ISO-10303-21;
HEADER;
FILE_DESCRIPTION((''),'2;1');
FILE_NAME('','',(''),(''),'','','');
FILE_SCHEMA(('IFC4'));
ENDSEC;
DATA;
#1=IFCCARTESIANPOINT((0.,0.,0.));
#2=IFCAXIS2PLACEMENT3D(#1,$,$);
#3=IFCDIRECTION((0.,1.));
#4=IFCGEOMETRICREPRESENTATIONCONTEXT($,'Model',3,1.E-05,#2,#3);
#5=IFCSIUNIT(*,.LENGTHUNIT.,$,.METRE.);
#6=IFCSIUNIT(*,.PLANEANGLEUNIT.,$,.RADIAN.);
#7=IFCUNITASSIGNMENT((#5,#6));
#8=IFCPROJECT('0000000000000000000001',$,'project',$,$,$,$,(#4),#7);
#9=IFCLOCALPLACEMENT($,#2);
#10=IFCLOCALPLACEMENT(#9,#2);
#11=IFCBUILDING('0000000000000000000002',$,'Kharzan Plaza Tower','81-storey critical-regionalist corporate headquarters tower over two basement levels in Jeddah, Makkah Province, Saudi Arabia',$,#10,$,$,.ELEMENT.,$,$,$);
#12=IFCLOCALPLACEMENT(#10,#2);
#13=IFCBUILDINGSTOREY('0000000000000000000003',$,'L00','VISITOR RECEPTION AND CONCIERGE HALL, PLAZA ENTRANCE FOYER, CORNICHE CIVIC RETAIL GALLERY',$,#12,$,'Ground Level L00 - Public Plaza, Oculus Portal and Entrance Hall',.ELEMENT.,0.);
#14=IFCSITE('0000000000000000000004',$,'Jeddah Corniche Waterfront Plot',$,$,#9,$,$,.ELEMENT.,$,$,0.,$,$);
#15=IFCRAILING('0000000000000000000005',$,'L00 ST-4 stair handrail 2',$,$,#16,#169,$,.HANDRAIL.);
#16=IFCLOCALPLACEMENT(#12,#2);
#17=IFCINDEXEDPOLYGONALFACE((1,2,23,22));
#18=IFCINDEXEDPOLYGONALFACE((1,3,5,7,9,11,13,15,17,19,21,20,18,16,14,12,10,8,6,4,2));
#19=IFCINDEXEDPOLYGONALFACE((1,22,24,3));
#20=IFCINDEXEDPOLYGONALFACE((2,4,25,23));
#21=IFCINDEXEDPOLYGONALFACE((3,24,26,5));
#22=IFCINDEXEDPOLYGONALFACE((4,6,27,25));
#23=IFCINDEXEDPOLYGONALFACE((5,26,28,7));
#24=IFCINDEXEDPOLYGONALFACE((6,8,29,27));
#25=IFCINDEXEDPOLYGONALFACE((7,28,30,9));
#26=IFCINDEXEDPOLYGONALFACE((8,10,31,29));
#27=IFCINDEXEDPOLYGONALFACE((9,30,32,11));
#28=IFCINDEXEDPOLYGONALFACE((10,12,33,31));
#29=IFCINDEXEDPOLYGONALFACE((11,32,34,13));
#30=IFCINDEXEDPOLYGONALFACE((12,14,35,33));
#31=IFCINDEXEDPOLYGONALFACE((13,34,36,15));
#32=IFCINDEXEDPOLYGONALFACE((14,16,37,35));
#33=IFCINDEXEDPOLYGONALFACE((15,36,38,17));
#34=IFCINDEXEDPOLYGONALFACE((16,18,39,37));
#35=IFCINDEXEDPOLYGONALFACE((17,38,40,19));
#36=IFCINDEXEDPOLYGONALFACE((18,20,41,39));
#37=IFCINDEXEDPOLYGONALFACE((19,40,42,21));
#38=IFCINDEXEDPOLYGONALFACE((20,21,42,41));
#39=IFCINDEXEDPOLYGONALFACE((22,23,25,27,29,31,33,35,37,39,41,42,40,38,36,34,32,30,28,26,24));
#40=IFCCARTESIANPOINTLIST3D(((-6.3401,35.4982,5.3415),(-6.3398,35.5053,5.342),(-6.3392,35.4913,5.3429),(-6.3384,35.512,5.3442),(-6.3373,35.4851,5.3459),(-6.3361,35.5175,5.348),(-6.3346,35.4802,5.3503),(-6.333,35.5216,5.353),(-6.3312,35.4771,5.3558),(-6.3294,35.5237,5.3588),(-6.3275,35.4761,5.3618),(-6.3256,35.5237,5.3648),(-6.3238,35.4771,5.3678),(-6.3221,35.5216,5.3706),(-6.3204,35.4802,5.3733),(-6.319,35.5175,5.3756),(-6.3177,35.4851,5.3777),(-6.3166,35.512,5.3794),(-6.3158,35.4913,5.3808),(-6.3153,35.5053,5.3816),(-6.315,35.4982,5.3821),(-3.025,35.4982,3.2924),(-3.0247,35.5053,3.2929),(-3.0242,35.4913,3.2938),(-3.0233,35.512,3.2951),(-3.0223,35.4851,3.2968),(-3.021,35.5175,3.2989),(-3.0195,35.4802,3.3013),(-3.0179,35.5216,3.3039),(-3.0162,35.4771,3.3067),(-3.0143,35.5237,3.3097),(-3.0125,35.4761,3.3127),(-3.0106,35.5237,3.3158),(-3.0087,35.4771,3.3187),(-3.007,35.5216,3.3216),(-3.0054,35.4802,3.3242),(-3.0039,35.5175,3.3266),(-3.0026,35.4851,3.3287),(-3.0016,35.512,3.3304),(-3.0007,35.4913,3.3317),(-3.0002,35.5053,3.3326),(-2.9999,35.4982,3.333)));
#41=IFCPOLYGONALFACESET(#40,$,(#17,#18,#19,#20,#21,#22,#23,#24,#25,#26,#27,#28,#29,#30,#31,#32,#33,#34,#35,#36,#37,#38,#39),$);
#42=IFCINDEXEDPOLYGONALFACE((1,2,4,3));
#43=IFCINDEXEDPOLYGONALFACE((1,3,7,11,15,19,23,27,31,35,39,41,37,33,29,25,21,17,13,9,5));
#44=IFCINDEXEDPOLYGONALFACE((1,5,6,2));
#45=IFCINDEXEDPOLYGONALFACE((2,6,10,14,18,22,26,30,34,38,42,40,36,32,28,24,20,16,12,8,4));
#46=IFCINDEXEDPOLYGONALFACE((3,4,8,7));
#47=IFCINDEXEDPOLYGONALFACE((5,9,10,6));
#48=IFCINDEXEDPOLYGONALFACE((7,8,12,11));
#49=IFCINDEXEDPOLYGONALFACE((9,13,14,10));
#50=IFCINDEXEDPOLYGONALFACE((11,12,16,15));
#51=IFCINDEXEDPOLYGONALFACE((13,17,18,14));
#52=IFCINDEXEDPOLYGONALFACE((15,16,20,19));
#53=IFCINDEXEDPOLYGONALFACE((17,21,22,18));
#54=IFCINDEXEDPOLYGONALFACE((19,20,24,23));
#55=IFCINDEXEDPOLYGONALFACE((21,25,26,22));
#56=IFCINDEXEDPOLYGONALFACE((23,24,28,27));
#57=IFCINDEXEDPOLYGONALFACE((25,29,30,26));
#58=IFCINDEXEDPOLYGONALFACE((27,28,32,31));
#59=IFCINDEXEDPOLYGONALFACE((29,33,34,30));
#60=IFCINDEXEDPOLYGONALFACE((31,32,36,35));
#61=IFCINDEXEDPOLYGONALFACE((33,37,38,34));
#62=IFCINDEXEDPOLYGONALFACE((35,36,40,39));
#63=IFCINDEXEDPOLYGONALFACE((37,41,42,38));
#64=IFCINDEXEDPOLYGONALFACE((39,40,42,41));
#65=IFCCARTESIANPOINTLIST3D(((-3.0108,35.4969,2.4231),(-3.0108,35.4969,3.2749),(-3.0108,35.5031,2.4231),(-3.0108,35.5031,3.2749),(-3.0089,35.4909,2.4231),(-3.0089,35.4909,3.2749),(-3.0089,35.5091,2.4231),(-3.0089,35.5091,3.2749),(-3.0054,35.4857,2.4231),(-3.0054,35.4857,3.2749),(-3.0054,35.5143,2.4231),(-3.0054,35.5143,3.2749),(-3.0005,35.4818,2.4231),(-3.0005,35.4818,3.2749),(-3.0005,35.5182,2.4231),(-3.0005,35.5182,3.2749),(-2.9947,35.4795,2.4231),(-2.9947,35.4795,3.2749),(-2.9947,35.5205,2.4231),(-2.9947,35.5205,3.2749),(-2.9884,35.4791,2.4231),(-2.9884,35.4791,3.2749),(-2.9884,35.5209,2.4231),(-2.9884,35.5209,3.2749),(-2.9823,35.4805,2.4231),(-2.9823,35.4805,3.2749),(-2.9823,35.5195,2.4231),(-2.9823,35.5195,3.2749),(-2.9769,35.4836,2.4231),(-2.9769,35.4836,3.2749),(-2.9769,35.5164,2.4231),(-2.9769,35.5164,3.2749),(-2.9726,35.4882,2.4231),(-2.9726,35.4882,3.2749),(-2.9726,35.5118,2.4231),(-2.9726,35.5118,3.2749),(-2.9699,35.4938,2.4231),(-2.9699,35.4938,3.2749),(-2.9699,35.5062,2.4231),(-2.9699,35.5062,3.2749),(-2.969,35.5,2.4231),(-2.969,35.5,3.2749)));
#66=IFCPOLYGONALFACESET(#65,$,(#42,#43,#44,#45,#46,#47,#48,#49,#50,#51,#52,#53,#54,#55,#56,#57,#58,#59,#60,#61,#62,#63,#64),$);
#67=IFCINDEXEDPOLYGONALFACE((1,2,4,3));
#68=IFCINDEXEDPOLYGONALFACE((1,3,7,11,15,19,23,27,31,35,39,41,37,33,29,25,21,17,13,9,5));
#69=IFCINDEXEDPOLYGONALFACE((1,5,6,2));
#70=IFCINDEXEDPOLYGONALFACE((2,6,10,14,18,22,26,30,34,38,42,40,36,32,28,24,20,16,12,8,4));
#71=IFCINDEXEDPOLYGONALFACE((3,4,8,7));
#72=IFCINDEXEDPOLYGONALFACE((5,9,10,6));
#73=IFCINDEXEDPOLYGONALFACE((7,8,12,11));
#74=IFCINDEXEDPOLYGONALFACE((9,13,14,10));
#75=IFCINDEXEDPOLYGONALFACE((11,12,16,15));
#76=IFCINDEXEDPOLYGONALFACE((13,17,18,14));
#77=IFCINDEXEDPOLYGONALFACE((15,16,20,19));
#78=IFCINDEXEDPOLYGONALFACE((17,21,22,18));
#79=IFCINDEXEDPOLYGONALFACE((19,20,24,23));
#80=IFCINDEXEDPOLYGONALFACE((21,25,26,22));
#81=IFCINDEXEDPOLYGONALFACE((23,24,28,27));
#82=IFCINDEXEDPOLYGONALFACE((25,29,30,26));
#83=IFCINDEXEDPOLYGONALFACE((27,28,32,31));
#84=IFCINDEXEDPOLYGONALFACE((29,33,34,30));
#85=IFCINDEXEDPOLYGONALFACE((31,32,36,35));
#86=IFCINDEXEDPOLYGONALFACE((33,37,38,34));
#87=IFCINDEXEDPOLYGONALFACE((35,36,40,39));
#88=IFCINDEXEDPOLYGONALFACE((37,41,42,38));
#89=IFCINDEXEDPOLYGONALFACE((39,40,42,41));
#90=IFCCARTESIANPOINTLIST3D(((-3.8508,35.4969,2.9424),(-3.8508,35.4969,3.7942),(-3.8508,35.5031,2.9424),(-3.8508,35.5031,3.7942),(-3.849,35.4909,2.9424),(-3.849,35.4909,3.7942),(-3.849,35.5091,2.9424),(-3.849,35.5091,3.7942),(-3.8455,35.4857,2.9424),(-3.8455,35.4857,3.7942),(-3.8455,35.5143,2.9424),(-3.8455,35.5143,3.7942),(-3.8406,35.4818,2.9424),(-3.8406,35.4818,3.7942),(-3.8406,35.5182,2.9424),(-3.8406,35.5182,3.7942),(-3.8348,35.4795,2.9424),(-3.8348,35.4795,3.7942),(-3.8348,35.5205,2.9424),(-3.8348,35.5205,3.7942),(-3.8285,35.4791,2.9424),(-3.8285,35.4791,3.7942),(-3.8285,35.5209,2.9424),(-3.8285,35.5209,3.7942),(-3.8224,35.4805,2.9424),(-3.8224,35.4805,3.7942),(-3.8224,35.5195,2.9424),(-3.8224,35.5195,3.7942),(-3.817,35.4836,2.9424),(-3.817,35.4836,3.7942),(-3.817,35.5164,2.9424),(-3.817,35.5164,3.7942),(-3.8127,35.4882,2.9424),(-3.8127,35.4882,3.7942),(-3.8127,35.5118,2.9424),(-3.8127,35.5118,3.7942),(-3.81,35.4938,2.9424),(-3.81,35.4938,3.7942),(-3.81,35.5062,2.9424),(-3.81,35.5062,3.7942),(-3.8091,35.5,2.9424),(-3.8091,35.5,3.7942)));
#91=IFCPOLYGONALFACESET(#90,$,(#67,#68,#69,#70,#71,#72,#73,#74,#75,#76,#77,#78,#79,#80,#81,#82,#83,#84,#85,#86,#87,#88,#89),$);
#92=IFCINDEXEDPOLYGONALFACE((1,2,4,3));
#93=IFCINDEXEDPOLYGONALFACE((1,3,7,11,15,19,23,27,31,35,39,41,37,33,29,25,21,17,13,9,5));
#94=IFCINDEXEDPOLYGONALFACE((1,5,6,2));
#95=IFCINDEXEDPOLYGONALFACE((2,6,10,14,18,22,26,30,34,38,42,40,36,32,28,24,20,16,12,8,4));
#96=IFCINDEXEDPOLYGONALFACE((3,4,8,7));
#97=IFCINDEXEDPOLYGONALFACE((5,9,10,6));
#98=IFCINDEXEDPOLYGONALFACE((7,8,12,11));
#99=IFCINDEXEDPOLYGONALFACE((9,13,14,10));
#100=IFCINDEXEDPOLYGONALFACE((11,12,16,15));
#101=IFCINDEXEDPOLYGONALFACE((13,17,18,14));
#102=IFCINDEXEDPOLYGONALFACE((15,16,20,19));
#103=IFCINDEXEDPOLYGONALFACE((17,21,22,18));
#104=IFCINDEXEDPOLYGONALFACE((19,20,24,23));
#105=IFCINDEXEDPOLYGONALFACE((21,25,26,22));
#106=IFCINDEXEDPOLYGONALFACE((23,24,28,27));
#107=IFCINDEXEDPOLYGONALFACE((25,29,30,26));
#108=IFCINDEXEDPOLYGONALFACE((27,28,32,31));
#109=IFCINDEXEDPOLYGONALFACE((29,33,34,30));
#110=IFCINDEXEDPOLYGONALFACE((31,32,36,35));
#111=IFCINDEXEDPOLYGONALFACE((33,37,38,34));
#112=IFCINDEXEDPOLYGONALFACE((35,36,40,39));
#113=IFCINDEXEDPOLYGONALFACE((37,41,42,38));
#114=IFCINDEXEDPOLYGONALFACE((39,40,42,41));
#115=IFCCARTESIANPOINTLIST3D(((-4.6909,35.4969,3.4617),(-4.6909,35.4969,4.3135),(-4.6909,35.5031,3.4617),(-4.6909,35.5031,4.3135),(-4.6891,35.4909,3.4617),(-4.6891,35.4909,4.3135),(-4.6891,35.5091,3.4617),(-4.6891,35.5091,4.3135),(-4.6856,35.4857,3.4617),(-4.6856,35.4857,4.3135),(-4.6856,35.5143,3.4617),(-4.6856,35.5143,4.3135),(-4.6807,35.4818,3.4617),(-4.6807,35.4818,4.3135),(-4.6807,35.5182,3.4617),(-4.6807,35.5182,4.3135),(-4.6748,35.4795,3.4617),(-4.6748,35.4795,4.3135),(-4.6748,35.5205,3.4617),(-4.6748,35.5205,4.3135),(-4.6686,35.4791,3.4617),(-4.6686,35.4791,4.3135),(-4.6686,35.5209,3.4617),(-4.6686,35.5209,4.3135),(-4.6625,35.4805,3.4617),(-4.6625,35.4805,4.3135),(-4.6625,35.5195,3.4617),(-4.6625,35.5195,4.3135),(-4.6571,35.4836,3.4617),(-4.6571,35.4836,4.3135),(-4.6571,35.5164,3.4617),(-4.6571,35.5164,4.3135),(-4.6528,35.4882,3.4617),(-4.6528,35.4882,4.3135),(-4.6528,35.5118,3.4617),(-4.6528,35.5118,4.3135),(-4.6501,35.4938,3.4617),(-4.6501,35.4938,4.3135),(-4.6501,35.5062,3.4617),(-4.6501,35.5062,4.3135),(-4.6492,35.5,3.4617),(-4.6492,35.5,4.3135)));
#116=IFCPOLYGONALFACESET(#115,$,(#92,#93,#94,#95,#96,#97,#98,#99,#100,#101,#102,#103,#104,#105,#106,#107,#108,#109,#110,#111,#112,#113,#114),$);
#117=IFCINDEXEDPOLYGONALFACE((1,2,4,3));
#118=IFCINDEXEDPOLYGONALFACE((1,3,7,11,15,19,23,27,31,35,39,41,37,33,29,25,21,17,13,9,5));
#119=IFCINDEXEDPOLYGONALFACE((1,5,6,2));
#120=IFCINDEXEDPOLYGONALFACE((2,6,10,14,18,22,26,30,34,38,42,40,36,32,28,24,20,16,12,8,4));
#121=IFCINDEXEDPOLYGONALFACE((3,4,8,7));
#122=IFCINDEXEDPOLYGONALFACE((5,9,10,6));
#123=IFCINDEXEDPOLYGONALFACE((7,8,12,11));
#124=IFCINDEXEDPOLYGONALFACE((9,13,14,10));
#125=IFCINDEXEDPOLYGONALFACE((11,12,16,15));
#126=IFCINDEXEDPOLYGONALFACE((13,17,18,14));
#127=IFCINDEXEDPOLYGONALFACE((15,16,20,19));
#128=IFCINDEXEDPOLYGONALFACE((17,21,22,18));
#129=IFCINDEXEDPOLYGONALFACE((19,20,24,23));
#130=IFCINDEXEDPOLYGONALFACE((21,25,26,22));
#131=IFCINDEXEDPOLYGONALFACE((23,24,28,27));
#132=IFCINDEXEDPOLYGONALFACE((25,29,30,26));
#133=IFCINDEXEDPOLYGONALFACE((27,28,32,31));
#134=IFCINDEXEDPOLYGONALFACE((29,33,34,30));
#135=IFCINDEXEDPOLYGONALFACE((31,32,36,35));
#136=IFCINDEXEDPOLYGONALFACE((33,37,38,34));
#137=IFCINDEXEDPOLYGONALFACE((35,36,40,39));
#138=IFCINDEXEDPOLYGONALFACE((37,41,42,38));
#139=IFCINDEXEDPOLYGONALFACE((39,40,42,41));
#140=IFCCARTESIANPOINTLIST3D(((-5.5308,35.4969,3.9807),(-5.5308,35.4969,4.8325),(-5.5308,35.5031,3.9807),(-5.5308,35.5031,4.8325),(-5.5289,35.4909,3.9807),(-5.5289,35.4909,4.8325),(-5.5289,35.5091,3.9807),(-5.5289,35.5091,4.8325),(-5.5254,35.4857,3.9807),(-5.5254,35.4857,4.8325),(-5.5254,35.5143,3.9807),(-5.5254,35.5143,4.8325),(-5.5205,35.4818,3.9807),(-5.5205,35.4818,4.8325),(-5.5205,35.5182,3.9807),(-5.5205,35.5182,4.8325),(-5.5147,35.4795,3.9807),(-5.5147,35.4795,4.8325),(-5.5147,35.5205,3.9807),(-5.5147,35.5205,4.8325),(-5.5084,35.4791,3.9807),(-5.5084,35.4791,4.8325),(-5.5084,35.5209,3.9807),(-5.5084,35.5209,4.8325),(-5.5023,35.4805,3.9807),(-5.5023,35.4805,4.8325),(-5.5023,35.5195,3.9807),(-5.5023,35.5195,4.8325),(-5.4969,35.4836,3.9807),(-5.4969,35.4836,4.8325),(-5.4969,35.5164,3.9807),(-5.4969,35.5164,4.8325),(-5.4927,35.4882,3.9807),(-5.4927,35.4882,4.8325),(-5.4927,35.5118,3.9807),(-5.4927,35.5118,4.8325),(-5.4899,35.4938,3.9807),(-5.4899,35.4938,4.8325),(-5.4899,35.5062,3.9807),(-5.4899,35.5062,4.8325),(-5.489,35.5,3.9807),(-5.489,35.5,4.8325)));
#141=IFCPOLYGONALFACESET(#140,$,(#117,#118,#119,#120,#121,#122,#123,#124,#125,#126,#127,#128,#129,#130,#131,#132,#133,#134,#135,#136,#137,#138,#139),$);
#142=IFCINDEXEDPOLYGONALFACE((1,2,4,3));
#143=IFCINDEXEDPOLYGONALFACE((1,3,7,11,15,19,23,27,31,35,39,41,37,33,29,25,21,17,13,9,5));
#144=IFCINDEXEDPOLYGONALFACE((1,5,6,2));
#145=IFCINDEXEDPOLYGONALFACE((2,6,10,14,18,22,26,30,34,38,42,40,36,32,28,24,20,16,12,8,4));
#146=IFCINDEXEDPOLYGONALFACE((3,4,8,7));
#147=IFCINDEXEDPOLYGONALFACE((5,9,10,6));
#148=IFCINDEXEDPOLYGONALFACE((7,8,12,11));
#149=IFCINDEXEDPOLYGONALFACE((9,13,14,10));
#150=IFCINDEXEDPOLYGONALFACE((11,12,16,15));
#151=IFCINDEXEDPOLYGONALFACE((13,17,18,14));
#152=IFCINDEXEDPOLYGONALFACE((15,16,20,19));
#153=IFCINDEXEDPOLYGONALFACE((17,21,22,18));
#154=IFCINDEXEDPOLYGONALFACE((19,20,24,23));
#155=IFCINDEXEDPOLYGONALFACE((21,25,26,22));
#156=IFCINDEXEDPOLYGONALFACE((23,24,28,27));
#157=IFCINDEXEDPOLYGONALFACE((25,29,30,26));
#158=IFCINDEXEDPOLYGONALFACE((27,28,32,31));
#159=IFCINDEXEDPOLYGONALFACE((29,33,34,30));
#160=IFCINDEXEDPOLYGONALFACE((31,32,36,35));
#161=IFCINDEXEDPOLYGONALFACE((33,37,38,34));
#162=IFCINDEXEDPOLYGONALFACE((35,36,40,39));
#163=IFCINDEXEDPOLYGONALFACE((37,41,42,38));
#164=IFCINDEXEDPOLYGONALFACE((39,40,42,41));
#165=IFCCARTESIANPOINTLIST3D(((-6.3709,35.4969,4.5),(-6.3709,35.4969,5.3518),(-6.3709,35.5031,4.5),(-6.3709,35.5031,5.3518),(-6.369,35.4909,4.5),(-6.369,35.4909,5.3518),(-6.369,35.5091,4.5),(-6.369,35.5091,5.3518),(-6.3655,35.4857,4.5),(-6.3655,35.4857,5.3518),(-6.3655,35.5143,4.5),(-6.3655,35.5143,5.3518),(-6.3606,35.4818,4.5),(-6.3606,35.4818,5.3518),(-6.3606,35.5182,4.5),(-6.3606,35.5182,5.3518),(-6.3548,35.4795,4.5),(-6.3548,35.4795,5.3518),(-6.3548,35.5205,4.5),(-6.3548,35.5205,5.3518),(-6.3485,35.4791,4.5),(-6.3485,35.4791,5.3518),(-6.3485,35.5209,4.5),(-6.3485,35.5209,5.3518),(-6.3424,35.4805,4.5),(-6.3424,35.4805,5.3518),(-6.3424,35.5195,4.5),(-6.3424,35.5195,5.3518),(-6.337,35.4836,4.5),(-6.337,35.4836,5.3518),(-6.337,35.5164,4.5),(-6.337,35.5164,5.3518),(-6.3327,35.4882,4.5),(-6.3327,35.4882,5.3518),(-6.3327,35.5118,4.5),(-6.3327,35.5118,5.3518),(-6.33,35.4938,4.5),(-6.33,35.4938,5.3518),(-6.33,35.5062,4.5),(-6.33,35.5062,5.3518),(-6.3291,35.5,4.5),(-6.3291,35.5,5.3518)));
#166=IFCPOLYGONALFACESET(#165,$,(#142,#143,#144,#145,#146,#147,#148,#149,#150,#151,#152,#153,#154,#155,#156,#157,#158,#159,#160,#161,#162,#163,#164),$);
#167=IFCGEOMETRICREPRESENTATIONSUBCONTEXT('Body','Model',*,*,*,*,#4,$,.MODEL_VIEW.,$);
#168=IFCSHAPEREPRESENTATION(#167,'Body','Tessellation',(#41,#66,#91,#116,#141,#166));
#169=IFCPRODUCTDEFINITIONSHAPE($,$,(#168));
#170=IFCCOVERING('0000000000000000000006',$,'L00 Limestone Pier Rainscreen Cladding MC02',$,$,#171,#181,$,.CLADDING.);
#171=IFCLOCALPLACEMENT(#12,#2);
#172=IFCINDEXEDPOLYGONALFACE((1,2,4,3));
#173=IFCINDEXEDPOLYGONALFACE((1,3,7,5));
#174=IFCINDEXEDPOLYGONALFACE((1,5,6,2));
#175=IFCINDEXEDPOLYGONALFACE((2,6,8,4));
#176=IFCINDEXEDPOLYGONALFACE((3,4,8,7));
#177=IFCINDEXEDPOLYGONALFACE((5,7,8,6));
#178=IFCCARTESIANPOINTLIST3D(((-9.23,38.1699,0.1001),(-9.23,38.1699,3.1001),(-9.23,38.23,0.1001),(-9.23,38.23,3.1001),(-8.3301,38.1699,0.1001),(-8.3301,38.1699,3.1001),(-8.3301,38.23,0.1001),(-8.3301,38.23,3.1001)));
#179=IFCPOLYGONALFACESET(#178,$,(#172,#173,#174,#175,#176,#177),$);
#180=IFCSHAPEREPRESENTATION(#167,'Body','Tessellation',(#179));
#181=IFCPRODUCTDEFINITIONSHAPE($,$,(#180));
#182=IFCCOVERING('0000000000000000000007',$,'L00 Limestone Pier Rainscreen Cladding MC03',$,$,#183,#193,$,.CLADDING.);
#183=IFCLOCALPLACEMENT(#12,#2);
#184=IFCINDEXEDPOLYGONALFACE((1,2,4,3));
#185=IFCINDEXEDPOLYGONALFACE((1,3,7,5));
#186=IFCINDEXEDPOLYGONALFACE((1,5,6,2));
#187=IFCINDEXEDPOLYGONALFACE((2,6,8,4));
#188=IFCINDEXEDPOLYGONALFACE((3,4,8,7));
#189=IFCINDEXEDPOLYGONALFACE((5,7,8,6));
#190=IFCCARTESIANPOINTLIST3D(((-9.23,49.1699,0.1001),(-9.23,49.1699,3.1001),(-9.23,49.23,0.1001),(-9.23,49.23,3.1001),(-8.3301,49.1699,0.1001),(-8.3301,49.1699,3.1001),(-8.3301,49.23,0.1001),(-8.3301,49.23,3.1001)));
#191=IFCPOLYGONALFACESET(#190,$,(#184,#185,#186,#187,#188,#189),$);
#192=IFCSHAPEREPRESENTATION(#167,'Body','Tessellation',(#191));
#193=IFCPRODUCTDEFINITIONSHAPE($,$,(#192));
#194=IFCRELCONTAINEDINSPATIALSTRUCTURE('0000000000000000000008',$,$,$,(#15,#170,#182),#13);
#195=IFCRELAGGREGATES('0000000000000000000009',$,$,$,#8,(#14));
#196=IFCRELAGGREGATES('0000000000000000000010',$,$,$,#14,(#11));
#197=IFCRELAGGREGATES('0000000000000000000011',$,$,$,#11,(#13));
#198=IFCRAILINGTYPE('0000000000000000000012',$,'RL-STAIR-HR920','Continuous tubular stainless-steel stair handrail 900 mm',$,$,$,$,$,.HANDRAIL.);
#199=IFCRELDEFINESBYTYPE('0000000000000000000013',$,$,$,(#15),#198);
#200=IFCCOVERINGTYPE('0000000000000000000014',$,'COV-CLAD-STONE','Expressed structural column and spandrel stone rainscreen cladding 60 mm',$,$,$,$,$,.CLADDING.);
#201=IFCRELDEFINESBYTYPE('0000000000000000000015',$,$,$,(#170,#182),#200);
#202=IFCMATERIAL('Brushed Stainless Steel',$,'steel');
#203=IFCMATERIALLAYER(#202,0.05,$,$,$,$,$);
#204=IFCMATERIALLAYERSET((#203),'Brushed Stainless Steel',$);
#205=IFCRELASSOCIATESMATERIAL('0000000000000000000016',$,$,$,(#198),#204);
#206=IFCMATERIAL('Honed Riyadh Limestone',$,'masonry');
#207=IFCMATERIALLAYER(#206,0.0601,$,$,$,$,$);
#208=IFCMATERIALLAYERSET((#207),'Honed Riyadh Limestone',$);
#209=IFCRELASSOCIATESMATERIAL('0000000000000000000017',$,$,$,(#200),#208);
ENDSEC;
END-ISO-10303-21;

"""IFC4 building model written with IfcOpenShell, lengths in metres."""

from ifc_helpers import new_model, si_unit, direction, frame, origin, origin_2d, place, context, subcontext, project, spatial, rectangle, circle, extrude, source, transform, mapped, material, layer, layer_set, type_object, element, save


model = new_model("IFC4")

# Units and contexts
model_context = context("Model", 3, precision=1e-05, world=origin(), true_north=direction((0.0, 1.0)))
body_context = subcontext(model_context, "Body", "Model", "MODEL_VIEW")
ifc_project = project(units=[si_unit("LENGTHUNIT", "METRE"), si_unit("PLANEANGLEUNIT", "RADIAN")], contexts=[model_context])

# Site, building, storey
site_placement = place(None, origin())
site = spatial("IfcSite", under=ifc_project, at=site_placement, Name="Jeddah Corniche Waterfront Plot", CompositionType="ELEMENT", RefElevation=0.0)
building_placement = place(site_placement, origin())
building = spatial("IfcBuilding", under=site, at=building_placement, Name="Kharzan Plaza Tower", Description="81-storey critical-regionalist corporate headquarters tower over two basement levels in Jeddah, Makkah Province, Saudi Arabia", CompositionType="ELEMENT")
storey_placement = place(building_placement, origin())
storey = spatial("IfcBuildingStorey", under=building, at=storey_placement, Name="L00", Description="VISITOR RECEPTION AND CONCIERGE HALL, PLAZA ENTRANCE FOYER, CORNICHE CIVIC RETAIL GALLERY", LongName="Ground Level L00 - Public Plaza, Oculus Portal and Entrance Hall", CompositionType="ELEMENT", Elevation=0.0)

# Railing
ifc_material_1 = material(Name="Brushed Stainless Steel", Category="steel")
ifc_layer_1 = layer(ifc_material_1, 0.05)
ifc_layer_set_1 = layer_set([ifc_layer_1], Name="Brushed Stainless Steel")
railing_type_1 = type_object("IfcRailingType", Name="RL-STAIR-HR920", Description="Continuous tubular stainless-steel stair handrail 900 mm", PredefinedType="HANDRAIL", material=ifc_layer_set_1)
shared_shape_1 = source(origin(), body_context, "Body", "SweptSolid", [
    extrude(circle(Radius=0.0239, at=origin_2d()), frame((-0.0225, 0.0, 0.8896), z_axis=(-0.850623, 0.0, 0.525776), x_axis=(0.0, -1.0, 0.0)), (0.0, 0.0, 1.0), 3.8972),
    extrude(circle(Radius=0.021, at=origin_2d()), origin(), (0.0, 0.0, 1.0), 0.8518),
    extrude(circle(Radius=0.021, at=origin_2d()), frame((-0.8401, 0.0, 0.5193)), (0.0, 0.0, 1.0), 0.8518),
    extrude(circle(Radius=0.021, at=origin_2d()), frame((-1.6802, 0.0, 1.0386)), (0.0, 0.0, 1.0), 0.8518),
    extrude(circle(Radius=0.021, at=origin_2d()), frame((-2.52, 0.0, 1.5576)), (0.0, 0.0, 1.0), 0.8518),
    extrude(circle(Radius=0.021, at=origin_2d()), frame((-3.3601, 0.0, 2.0769)), (0.0, 0.0, 1.0), 0.8518),
])
railing_1_placement = place(storey_placement, frame((-2.99, 35.5, 2.4231)))
element("IfcRailing", 1, at=railing_1_placement, inside=storey, type_object=railing_type_1, Name="L00 ST-4 stair handrail 2", PredefinedType="HANDRAIL", context=body_context, shape_type="MappedRepresentation", body=[
    mapped(shared_shape_1, transform((0.0, 0.0, 0.0), x_axis=(1.0, 0.0, 0.0), y_axis=(0.0, 1.0, 0.0), z_axis=(0.0, 0.0, 1.0))),
])

# Coverings
ifc_material_2 = material(Name="Honed Riyadh Limestone", Category="masonry")
ifc_layer_2 = layer(ifc_material_2, 0.0601)
ifc_layer_set_2 = layer_set([ifc_layer_2], Name="Honed Riyadh Limestone")
covering_type = type_object("IfcCoveringType", Name="COV-CLAD-STONE", Description="Expressed structural column and spandrel stone rainscreen cladding 60 mm", PredefinedType="CLADDING", material=ifc_layer_set_2)
shared_shape_2 = source(origin(), body_context, "Body", "SweptSolid", [
    extrude(rectangle(XDim=0.0601, YDim=0.8999, at=origin_2d()), origin(), (0.0, 0.0, 1.0), 3.0),
])
for number, where, z_axis, x_axis, name in (
    (2, (-8.78, 38.2, 0.1001), (0.0, 0.0, 1.0), (0.0, 1.0, 0.0), "L00 Limestone Pier Rainscreen Cladding MC02"),
    (3, (-8.78, 49.2, 0.1001), (0.0, 0.0, 1.0), (0.0, 1.0, 0.0), "L00 Limestone Pier Rainscreen Cladding MC03"),
):
    element("IfcCovering", number, at=place(storey_placement, frame(where, z_axis=z_axis, x_axis=x_axis)), inside=storey, type_object=covering_type, Name=name, PredefinedType="CLADDING", context=body_context, shape_type="MappedRepresentation", body=[
        mapped(shared_shape_2, transform((0.0, 0.0, 0.0), x_axis=(1.0, 0.0, 0.0), y_axis=(0.0, 1.0, 0.0), z_axis=(0.0, 0.0, 1.0))),
    ])

save(model, "model.ifc")
